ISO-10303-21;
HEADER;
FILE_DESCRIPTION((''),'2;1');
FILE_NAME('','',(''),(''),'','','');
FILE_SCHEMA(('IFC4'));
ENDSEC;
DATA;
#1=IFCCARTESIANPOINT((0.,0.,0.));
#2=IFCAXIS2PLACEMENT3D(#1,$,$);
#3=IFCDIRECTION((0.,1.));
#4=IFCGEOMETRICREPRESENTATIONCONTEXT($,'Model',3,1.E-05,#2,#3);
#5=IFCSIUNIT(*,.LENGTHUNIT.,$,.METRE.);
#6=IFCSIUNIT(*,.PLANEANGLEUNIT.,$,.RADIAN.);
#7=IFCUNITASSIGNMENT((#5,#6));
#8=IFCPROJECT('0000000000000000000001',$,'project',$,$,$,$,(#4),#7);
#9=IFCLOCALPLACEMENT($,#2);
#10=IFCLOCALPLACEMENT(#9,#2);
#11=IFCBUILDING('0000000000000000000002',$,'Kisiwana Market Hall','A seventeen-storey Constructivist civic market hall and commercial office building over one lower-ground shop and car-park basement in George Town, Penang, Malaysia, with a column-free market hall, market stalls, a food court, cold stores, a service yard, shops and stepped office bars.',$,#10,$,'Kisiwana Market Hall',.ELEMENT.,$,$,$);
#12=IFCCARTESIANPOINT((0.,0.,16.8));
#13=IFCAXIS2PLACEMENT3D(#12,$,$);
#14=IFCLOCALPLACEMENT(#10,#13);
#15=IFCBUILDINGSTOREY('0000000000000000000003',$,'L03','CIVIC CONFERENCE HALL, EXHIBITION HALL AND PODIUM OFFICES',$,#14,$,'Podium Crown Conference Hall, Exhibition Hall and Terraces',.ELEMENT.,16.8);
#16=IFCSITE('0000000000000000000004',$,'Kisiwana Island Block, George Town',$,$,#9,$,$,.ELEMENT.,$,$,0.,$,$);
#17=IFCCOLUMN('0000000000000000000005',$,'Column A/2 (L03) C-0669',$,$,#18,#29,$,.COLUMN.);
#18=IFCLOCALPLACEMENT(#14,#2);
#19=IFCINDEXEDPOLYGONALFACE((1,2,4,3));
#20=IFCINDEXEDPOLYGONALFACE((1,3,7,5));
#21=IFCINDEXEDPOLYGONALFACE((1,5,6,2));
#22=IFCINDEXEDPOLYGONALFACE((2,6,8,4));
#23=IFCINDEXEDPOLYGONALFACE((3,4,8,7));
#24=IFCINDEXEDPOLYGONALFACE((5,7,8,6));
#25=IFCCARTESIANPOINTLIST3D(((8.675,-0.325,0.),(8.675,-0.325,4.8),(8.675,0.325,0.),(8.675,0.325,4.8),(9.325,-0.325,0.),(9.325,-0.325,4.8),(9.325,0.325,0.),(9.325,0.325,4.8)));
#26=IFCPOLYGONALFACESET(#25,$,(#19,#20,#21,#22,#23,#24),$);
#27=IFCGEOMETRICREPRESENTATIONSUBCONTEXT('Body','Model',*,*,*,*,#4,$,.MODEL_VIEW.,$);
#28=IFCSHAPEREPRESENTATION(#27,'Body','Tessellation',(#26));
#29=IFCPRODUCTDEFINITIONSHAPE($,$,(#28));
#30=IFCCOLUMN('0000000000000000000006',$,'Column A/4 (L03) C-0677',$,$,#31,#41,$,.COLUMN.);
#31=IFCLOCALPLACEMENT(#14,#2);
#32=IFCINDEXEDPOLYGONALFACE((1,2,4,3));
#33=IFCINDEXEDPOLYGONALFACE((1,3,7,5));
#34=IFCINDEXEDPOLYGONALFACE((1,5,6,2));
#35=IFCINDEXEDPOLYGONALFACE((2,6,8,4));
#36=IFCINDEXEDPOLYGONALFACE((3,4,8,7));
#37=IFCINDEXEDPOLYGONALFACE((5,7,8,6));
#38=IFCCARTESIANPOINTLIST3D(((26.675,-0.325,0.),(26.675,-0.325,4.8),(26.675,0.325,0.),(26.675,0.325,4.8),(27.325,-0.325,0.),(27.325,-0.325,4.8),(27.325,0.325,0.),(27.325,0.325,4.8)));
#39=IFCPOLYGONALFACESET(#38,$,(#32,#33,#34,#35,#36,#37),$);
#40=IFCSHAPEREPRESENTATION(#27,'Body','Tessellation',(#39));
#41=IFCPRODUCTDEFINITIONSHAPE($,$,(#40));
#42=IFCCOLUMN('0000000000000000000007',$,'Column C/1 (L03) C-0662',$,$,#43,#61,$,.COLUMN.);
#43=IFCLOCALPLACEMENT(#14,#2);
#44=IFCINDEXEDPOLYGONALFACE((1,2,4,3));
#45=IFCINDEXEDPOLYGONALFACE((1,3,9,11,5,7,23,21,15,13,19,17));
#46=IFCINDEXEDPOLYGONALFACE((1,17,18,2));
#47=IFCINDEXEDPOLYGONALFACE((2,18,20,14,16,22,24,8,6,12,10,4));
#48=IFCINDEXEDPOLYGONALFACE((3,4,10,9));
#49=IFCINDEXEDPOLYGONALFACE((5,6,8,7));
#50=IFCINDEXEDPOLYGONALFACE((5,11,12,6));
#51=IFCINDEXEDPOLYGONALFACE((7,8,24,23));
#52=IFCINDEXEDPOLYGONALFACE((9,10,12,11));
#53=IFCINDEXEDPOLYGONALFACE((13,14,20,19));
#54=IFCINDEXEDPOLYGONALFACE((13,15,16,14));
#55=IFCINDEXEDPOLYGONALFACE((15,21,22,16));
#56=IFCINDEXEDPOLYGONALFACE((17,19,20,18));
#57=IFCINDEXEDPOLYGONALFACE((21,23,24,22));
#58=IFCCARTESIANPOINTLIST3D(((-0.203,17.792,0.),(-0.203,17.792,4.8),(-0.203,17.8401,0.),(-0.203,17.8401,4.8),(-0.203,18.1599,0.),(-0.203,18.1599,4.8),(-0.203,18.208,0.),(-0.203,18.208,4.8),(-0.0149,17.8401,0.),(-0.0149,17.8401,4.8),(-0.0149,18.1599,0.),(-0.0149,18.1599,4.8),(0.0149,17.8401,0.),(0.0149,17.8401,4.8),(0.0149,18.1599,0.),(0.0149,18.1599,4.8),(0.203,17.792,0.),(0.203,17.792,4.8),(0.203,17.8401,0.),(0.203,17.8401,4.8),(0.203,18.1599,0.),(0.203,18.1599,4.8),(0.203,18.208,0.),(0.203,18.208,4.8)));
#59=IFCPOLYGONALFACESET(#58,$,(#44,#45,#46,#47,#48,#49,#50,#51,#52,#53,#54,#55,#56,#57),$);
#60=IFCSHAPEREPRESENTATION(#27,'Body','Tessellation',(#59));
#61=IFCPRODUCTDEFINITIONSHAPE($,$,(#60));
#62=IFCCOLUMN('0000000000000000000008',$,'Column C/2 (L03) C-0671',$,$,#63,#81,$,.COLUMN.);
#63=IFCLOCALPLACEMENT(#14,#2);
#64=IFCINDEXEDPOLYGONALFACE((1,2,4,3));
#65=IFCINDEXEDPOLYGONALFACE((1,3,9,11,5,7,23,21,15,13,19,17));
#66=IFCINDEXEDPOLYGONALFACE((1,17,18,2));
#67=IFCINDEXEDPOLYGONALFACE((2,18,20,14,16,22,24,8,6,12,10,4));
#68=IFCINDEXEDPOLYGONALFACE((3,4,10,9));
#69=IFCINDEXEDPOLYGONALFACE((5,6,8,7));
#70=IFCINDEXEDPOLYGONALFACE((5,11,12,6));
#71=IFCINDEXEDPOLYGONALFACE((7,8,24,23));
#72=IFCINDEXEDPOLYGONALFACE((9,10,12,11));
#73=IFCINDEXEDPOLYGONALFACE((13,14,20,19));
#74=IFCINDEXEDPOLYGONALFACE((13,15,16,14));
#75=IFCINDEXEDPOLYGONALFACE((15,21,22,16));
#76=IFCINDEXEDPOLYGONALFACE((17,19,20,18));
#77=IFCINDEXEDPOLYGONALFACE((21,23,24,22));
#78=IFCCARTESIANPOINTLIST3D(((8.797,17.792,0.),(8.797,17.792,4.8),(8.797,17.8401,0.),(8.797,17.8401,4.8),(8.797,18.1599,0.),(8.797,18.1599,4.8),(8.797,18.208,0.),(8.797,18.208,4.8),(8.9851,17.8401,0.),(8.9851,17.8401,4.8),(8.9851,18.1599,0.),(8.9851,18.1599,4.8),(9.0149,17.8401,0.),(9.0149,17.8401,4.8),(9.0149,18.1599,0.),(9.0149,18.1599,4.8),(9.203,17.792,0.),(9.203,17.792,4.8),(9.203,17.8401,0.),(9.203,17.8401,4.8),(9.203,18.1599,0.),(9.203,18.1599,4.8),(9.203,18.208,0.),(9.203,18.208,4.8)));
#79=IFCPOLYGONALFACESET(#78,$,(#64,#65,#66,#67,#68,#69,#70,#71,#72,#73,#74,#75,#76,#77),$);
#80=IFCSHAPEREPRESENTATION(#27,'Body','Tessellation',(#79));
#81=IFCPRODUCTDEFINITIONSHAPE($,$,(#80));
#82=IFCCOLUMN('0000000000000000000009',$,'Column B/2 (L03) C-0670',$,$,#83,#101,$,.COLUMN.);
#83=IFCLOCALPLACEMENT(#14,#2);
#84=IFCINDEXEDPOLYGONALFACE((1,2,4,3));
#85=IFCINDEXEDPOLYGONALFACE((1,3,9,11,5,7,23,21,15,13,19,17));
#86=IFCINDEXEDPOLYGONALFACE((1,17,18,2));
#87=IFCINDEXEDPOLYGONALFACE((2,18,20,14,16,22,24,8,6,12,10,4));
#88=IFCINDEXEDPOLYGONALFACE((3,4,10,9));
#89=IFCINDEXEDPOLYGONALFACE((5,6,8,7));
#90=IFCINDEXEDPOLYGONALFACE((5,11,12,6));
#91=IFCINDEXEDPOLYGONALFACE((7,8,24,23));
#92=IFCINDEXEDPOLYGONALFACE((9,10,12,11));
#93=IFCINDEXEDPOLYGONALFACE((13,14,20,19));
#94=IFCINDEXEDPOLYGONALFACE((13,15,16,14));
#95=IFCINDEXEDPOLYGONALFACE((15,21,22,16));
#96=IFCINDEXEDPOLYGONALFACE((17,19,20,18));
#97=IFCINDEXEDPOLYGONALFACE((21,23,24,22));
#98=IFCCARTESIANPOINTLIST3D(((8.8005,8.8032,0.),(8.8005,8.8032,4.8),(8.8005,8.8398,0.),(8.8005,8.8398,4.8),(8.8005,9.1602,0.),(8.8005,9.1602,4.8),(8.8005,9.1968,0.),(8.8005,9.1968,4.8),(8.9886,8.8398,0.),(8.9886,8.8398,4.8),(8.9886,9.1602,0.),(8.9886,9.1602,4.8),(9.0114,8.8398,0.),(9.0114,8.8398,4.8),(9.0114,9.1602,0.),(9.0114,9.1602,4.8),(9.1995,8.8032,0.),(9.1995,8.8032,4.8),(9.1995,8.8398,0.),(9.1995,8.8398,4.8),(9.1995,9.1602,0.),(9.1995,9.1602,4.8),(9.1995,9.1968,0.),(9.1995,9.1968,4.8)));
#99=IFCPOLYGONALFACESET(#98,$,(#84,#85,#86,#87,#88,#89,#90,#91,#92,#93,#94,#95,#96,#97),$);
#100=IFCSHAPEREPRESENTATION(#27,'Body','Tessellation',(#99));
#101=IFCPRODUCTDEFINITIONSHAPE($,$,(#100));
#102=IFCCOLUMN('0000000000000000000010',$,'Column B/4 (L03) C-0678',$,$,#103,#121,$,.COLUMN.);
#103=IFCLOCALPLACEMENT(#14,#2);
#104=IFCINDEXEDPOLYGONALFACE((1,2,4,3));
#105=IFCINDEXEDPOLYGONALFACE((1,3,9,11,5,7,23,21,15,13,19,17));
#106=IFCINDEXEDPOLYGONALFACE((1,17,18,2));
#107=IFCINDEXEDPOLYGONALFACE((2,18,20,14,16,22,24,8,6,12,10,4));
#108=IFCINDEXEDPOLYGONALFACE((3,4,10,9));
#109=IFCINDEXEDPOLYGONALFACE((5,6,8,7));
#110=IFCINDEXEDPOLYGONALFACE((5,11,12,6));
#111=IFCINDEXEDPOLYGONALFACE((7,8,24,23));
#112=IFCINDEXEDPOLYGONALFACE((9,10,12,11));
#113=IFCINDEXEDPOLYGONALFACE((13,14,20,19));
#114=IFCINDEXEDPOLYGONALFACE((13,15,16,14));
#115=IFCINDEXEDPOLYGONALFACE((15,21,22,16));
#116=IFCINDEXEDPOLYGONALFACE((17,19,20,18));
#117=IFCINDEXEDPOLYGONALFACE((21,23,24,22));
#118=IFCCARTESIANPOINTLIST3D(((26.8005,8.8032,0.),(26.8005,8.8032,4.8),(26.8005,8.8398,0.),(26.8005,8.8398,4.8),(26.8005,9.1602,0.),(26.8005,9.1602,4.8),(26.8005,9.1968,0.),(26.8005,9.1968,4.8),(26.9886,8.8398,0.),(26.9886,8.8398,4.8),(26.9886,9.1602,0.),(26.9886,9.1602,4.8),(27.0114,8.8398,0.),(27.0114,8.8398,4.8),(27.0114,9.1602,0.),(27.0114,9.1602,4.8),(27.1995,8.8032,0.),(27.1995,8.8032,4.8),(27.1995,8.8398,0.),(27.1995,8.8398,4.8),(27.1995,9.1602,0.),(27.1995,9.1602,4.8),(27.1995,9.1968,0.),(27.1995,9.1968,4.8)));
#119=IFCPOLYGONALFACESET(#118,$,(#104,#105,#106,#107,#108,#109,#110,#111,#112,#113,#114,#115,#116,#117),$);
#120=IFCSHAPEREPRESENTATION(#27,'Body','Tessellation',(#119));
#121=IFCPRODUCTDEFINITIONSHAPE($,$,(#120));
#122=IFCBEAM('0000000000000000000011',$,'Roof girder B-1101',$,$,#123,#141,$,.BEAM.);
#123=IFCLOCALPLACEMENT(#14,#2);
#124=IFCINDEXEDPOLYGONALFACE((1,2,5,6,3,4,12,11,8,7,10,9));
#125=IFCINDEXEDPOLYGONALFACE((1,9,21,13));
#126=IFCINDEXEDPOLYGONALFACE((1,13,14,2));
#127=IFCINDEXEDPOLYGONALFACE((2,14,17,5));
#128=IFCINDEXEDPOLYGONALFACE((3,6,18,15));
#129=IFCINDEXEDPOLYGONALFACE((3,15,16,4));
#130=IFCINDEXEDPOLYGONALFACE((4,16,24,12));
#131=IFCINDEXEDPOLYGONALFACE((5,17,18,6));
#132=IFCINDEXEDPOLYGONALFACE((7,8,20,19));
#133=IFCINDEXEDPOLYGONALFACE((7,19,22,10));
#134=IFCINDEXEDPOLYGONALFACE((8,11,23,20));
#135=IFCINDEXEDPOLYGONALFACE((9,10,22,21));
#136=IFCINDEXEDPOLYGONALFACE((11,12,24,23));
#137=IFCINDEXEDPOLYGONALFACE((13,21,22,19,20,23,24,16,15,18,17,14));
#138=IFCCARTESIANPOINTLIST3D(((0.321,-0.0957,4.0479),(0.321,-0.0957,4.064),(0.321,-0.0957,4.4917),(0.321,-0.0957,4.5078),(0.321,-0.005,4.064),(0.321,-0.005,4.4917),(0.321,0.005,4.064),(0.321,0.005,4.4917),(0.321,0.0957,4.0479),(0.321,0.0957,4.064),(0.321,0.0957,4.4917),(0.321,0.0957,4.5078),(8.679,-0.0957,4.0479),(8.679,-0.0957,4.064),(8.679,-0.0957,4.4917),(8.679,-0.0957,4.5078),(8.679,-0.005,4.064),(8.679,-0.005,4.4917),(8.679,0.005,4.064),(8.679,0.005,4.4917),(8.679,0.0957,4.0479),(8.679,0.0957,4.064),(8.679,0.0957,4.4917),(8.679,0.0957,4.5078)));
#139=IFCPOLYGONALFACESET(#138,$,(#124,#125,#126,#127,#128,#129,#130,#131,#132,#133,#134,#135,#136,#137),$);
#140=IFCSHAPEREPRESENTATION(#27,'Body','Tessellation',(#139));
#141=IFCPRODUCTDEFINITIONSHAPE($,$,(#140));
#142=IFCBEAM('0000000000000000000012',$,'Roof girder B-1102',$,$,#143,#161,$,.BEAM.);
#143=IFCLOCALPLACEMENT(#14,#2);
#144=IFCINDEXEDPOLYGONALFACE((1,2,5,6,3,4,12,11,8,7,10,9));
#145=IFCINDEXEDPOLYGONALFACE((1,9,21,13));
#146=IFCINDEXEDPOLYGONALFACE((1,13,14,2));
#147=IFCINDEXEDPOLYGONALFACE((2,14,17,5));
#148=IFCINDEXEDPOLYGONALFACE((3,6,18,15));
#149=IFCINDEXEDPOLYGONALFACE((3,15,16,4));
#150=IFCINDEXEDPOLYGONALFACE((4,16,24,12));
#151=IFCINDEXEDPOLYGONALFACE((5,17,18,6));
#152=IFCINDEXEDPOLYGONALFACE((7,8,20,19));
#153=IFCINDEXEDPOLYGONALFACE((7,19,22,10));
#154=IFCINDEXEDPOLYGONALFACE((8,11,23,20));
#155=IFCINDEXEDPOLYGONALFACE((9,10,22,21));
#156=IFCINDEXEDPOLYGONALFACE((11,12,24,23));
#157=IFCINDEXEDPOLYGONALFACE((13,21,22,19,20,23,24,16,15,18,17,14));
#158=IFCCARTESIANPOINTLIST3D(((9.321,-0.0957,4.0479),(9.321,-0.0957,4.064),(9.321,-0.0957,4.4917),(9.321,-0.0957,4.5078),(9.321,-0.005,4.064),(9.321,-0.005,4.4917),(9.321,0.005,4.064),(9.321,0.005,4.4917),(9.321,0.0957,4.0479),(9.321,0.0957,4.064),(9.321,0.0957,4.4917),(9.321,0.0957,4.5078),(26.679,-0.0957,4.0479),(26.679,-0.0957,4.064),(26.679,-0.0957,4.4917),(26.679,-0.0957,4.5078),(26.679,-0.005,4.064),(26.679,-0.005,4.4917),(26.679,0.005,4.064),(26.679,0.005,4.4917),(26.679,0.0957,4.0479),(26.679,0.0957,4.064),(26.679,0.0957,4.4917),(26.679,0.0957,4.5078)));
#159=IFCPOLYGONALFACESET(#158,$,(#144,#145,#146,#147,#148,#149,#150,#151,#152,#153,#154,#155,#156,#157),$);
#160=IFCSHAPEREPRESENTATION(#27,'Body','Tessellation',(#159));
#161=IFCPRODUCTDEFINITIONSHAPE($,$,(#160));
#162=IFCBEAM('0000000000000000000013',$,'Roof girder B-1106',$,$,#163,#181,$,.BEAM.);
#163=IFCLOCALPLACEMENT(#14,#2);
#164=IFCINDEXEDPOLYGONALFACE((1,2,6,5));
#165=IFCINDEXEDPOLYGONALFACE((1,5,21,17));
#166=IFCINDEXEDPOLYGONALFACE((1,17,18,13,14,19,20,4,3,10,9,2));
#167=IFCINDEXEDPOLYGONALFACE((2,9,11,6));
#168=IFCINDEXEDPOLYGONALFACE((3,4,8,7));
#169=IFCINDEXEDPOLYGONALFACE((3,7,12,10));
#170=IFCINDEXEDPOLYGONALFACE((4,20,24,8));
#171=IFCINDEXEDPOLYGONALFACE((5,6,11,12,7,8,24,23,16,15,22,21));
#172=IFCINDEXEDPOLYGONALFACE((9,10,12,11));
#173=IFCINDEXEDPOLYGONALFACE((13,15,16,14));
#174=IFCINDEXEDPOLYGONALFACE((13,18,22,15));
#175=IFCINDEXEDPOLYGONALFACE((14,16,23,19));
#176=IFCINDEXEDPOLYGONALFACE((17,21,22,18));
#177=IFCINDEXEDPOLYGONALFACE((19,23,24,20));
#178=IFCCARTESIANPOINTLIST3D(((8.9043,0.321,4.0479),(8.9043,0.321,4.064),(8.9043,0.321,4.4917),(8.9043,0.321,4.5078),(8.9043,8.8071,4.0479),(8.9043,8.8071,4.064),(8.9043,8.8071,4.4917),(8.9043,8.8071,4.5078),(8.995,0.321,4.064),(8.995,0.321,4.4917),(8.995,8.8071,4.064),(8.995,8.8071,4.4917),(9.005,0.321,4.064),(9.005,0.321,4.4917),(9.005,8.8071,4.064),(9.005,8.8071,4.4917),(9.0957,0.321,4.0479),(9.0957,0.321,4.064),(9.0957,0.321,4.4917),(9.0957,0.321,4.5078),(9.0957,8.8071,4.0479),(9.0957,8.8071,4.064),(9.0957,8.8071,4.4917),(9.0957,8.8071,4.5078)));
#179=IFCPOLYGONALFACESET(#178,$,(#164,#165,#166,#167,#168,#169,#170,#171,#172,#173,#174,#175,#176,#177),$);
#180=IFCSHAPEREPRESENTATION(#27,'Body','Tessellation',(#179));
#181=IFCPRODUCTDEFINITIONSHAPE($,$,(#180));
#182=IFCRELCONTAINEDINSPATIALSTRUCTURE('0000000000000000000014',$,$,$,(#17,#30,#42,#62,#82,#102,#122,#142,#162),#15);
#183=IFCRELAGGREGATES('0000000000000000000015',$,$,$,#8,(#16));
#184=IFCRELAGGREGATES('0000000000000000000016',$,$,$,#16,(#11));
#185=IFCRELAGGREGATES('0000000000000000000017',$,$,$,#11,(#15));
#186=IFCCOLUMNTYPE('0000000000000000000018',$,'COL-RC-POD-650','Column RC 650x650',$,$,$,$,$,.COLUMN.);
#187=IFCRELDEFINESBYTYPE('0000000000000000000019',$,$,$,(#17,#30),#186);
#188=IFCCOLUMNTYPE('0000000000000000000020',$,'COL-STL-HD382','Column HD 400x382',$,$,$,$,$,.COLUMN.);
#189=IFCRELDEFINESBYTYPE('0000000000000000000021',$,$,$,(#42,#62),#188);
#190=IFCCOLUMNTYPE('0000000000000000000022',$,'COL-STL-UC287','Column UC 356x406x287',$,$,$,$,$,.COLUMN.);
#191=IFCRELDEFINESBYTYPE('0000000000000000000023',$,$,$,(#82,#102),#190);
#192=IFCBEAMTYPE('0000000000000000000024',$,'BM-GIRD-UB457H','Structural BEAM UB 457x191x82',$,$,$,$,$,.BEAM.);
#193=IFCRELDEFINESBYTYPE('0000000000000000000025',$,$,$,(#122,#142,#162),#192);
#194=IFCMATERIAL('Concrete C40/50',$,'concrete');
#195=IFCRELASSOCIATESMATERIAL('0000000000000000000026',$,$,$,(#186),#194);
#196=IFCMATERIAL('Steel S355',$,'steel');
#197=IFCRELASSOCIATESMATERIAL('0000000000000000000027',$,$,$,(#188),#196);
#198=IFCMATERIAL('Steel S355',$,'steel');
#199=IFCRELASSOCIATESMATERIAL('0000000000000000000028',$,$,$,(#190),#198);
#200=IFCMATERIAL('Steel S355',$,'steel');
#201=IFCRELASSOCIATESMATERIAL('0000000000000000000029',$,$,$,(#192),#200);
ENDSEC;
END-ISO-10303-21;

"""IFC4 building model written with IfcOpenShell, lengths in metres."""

from ifc_helpers import new_model, si_unit, direction, frame, origin, origin_2d, place, context, subcontext, project, spatial, rectangle, i_section, extrude, material, material_profile, profile_set, type_object, element, save


model = new_model("IFC4")

# Units and contexts
model_context = context("Model", 3, precision=1e-05, world=origin(), true_north=direction((0.0, 1.0)))
body_context = subcontext(model_context, "Body", "Model", "MODEL_VIEW")
ifc_project = project(units=[si_unit("LENGTHUNIT", "METRE"), si_unit("PLANEANGLEUNIT", "RADIAN")], contexts=[model_context])

# Site, building, storey
site_placement = place(None, origin())
site = spatial("IfcSite", under=ifc_project, at=site_placement, Name="Kisiwana Island Block, George Town", CompositionType="ELEMENT", RefElevation=0.0)
building_placement = place(site_placement, origin())
building = spatial("IfcBuilding", under=site, at=building_placement, Name="Kisiwana Market Hall", Description="A seventeen-storey Constructivist civic market hall and commercial office building over one lower-ground shop and car-park basement in George Town, Penang, Malaysia, with a column-free market hall, market stalls, a food court, cold stores, a service yard, shops and stepped office bars.", LongName="Kisiwana Market Hall", CompositionType="ELEMENT")
storey_placement = place(building_placement, frame((0.0, 0.0, 16.8)))
storey = spatial("IfcBuildingStorey", under=building, at=storey_placement, Name="L03", Description="CIVIC CONFERENCE HALL, EXHIBITION HALL AND PODIUM OFFICES", LongName="Podium Crown Conference Hall, Exhibition Hall and Terraces", CompositionType="ELEMENT", Elevation=16.8)

# Columns
ifc_material_1 = material(Name="Concrete C40/50", Category="concrete")
ifc_material_profile_1 = material_profile(ifc_material_1, rectangle(XDim=0.6499, YDim=0.6499, at=origin_2d()), Name="RC 650x650")
ifc_profile_set_1 = profile_set([ifc_material_profile_1], Name="Concrete C40/50")
column_type_1 = type_object("IfcColumnType", Name="COL-RC-POD-650", Description="Column RC 650x650", PredefinedType="COLUMN", material=ifc_profile_set_1)
for number, where, z_axis, x_axis, name in (
    (1, (9.0, 0.0, 0.0), (0.0, 0.0, 1.0), (1.0, 0.0, 0.0), "Column A/2 (L03) C-0669"),
    (2, (27.0, 0.0, 0.0), (0.0, 0.0, 1.0), (1.0, 0.0, 0.0), "Column A/4 (L03) C-0677"),
):
    element("IfcColumn", number, at=place(storey_placement, frame(where, z_axis=z_axis, x_axis=x_axis)), inside=storey, type_object=column_type_1, Name=name, PredefinedType="COLUMN", context=body_context, shape_type="SweptSolid", body=[
        extrude(rectangle(XDim=0.6499, YDim=0.6499, at=origin_2d()), origin(), (0.0, 0.0, 1.0), 4.8),
    ])
ifc_material_2 = material(Name="Steel S355", Category="steel")
ifc_material_profile_2 = material_profile(ifc_material_2, i_section(OverallWidth=0.406, OverallDepth=0.416, WebThickness=0.0298, FlangeThickness=0.0481, at=origin_2d()), Name="HD 400x382")
ifc_profile_set_2 = profile_set([ifc_material_profile_2], Name="Steel S355")
column_type_2 = type_object("IfcColumnType", Name="COL-STL-HD382", Description="Column HD 400x382", PredefinedType="COLUMN", material=ifc_profile_set_2)
for number, where, z_axis, x_axis, name in (
    (3, (0.0, 18.0, 0.0), (0.0, 0.0, 1.0), (1.0, 0.0, 0.0), "Column C/1 (L03) C-0662"),
    (4, (9.0, 18.0, 0.0), (0.0, 0.0, 1.0), (1.0, 0.0, 0.0), "Column C/2 (L03) C-0671"),
):
    element("IfcColumn", number, at=place(storey_placement, frame(where, z_axis=z_axis, x_axis=x_axis)), inside=storey, type_object=column_type_2, Name=name, PredefinedType="COLUMN", context=body_context, shape_type="SweptSolid", body=[
        extrude(i_section(OverallWidth=0.406, OverallDepth=0.416, WebThickness=0.0298, FlangeThickness=0.0481, at=origin_2d()), origin(), (0.0, 0.0, 1.0), 4.8),
    ])
ifc_material_3 = material(Name="Steel S355", Category="steel")
ifc_material_profile_3 = material_profile(ifc_material_3, i_section(OverallWidth=0.3989, OverallDepth=0.3936, WebThickness=0.0227, FlangeThickness=0.0366, at=origin_2d()), Name="UC 356x406x287")
ifc_profile_set_3 = profile_set([ifc_material_profile_3], Name="Steel S355")
column_type_3 = type_object("IfcColumnType", Name="COL-STL-UC287", Description="Column UC 356x406x287", PredefinedType="COLUMN", material=ifc_profile_set_3)
for number, where, z_axis, x_axis, name in (
    (5, (9.0, 9.0, 0.0), (0.0, 0.0, 1.0), (1.0, 0.0, 0.0), "Column B/2 (L03) C-0670"),
    (6, (27.0, 9.0, 0.0), (0.0, 0.0, 1.0), (1.0, 0.0, 0.0), "Column B/4 (L03) C-0678"),
):
    element("IfcColumn", number, at=place(storey_placement, frame(where, z_axis=z_axis, x_axis=x_axis)), inside=storey, type_object=column_type_3, Name=name, PredefinedType="COLUMN", context=body_context, shape_type="SweptSolid", body=[
        extrude(i_section(OverallWidth=0.3989, OverallDepth=0.3936, WebThickness=0.0227, FlangeThickness=0.0366, at=origin_2d()), origin(), (0.0, 0.0, 1.0), 4.8),
    ])

# Beams
ifc_material_4 = material(Name="Steel S355", Category="steel")
ifc_material_profile_4 = material_profile(ifc_material_4, i_section(OverallWidth=0.1914, OverallDepth=0.46, WebThickness=0.01, FlangeThickness=0.0161, at=origin_2d()), Name="UB 457x191x82")
ifc_profile_set_4 = profile_set([ifc_material_profile_4], Name="Steel S355")
beam_type_1 = type_object("IfcBeamType", Name="BM-GIRD-UB457H", Description="Structural BEAM UB 457x191x82", PredefinedType="BEAM", material=ifc_profile_set_4)
beam_1_placement = place(storey_placement, frame((0.321, 0.0, 4.2778), z_axis=(1.0, 0.0, 0.0), x_axis=(0.0, 1.0, 0.0)))
element("IfcBeam", 7, at=beam_1_placement, inside=storey, type_object=beam_type_1, Name="Roof girder B-1101", PredefinedType="BEAM", context=body_context, shape_type="SweptSolid", body=[
    extrude(i_section(OverallWidth=0.1914, OverallDepth=0.46, WebThickness=0.01, FlangeThickness=0.0161, at=origin_2d()), origin(), (0.0, 0.0, 1.0), 8.3579),
])
beam_2_placement = place(storey_placement, frame((9.321, 0.0, 4.2778), z_axis=(1.0, 0.0, 0.0), x_axis=(0.0, 1.0, 0.0)))
element("IfcBeam", 8, at=beam_2_placement, inside=storey, type_object=beam_type_1, Name="Roof girder B-1102", PredefinedType="BEAM", context=body_context, shape_type="SweptSolid", body=[
    extrude(i_section(OverallWidth=0.1914, OverallDepth=0.46, WebThickness=0.01, FlangeThickness=0.0161, at=origin_2d()), origin(), (0.0, 0.0, 1.0), 17.3579),
])
for number, where, z_axis, x_axis, name in (
    (9, (9.0, 0.321, 4.2778), (0.0, 1.0, 0.0), (-1.0, 0.0, 0.0), "Roof girder B-1106"),
):
    element("IfcBeam", number, at=place(storey_placement, frame(where, z_axis=z_axis, x_axis=x_axis)), inside=storey, type_object=beam_type_1, Name=name, PredefinedType="BEAM", context=body_context, shape_type="SweptSolid", body=[
        extrude(i_section(OverallWidth=0.1914, OverallDepth=0.46, WebThickness=0.01, FlangeThickness=0.0161, at=origin_2d()), origin(), (0.0, 0.0, 1.0), 8.4861),
    ])

save(model, "model.ifc")
